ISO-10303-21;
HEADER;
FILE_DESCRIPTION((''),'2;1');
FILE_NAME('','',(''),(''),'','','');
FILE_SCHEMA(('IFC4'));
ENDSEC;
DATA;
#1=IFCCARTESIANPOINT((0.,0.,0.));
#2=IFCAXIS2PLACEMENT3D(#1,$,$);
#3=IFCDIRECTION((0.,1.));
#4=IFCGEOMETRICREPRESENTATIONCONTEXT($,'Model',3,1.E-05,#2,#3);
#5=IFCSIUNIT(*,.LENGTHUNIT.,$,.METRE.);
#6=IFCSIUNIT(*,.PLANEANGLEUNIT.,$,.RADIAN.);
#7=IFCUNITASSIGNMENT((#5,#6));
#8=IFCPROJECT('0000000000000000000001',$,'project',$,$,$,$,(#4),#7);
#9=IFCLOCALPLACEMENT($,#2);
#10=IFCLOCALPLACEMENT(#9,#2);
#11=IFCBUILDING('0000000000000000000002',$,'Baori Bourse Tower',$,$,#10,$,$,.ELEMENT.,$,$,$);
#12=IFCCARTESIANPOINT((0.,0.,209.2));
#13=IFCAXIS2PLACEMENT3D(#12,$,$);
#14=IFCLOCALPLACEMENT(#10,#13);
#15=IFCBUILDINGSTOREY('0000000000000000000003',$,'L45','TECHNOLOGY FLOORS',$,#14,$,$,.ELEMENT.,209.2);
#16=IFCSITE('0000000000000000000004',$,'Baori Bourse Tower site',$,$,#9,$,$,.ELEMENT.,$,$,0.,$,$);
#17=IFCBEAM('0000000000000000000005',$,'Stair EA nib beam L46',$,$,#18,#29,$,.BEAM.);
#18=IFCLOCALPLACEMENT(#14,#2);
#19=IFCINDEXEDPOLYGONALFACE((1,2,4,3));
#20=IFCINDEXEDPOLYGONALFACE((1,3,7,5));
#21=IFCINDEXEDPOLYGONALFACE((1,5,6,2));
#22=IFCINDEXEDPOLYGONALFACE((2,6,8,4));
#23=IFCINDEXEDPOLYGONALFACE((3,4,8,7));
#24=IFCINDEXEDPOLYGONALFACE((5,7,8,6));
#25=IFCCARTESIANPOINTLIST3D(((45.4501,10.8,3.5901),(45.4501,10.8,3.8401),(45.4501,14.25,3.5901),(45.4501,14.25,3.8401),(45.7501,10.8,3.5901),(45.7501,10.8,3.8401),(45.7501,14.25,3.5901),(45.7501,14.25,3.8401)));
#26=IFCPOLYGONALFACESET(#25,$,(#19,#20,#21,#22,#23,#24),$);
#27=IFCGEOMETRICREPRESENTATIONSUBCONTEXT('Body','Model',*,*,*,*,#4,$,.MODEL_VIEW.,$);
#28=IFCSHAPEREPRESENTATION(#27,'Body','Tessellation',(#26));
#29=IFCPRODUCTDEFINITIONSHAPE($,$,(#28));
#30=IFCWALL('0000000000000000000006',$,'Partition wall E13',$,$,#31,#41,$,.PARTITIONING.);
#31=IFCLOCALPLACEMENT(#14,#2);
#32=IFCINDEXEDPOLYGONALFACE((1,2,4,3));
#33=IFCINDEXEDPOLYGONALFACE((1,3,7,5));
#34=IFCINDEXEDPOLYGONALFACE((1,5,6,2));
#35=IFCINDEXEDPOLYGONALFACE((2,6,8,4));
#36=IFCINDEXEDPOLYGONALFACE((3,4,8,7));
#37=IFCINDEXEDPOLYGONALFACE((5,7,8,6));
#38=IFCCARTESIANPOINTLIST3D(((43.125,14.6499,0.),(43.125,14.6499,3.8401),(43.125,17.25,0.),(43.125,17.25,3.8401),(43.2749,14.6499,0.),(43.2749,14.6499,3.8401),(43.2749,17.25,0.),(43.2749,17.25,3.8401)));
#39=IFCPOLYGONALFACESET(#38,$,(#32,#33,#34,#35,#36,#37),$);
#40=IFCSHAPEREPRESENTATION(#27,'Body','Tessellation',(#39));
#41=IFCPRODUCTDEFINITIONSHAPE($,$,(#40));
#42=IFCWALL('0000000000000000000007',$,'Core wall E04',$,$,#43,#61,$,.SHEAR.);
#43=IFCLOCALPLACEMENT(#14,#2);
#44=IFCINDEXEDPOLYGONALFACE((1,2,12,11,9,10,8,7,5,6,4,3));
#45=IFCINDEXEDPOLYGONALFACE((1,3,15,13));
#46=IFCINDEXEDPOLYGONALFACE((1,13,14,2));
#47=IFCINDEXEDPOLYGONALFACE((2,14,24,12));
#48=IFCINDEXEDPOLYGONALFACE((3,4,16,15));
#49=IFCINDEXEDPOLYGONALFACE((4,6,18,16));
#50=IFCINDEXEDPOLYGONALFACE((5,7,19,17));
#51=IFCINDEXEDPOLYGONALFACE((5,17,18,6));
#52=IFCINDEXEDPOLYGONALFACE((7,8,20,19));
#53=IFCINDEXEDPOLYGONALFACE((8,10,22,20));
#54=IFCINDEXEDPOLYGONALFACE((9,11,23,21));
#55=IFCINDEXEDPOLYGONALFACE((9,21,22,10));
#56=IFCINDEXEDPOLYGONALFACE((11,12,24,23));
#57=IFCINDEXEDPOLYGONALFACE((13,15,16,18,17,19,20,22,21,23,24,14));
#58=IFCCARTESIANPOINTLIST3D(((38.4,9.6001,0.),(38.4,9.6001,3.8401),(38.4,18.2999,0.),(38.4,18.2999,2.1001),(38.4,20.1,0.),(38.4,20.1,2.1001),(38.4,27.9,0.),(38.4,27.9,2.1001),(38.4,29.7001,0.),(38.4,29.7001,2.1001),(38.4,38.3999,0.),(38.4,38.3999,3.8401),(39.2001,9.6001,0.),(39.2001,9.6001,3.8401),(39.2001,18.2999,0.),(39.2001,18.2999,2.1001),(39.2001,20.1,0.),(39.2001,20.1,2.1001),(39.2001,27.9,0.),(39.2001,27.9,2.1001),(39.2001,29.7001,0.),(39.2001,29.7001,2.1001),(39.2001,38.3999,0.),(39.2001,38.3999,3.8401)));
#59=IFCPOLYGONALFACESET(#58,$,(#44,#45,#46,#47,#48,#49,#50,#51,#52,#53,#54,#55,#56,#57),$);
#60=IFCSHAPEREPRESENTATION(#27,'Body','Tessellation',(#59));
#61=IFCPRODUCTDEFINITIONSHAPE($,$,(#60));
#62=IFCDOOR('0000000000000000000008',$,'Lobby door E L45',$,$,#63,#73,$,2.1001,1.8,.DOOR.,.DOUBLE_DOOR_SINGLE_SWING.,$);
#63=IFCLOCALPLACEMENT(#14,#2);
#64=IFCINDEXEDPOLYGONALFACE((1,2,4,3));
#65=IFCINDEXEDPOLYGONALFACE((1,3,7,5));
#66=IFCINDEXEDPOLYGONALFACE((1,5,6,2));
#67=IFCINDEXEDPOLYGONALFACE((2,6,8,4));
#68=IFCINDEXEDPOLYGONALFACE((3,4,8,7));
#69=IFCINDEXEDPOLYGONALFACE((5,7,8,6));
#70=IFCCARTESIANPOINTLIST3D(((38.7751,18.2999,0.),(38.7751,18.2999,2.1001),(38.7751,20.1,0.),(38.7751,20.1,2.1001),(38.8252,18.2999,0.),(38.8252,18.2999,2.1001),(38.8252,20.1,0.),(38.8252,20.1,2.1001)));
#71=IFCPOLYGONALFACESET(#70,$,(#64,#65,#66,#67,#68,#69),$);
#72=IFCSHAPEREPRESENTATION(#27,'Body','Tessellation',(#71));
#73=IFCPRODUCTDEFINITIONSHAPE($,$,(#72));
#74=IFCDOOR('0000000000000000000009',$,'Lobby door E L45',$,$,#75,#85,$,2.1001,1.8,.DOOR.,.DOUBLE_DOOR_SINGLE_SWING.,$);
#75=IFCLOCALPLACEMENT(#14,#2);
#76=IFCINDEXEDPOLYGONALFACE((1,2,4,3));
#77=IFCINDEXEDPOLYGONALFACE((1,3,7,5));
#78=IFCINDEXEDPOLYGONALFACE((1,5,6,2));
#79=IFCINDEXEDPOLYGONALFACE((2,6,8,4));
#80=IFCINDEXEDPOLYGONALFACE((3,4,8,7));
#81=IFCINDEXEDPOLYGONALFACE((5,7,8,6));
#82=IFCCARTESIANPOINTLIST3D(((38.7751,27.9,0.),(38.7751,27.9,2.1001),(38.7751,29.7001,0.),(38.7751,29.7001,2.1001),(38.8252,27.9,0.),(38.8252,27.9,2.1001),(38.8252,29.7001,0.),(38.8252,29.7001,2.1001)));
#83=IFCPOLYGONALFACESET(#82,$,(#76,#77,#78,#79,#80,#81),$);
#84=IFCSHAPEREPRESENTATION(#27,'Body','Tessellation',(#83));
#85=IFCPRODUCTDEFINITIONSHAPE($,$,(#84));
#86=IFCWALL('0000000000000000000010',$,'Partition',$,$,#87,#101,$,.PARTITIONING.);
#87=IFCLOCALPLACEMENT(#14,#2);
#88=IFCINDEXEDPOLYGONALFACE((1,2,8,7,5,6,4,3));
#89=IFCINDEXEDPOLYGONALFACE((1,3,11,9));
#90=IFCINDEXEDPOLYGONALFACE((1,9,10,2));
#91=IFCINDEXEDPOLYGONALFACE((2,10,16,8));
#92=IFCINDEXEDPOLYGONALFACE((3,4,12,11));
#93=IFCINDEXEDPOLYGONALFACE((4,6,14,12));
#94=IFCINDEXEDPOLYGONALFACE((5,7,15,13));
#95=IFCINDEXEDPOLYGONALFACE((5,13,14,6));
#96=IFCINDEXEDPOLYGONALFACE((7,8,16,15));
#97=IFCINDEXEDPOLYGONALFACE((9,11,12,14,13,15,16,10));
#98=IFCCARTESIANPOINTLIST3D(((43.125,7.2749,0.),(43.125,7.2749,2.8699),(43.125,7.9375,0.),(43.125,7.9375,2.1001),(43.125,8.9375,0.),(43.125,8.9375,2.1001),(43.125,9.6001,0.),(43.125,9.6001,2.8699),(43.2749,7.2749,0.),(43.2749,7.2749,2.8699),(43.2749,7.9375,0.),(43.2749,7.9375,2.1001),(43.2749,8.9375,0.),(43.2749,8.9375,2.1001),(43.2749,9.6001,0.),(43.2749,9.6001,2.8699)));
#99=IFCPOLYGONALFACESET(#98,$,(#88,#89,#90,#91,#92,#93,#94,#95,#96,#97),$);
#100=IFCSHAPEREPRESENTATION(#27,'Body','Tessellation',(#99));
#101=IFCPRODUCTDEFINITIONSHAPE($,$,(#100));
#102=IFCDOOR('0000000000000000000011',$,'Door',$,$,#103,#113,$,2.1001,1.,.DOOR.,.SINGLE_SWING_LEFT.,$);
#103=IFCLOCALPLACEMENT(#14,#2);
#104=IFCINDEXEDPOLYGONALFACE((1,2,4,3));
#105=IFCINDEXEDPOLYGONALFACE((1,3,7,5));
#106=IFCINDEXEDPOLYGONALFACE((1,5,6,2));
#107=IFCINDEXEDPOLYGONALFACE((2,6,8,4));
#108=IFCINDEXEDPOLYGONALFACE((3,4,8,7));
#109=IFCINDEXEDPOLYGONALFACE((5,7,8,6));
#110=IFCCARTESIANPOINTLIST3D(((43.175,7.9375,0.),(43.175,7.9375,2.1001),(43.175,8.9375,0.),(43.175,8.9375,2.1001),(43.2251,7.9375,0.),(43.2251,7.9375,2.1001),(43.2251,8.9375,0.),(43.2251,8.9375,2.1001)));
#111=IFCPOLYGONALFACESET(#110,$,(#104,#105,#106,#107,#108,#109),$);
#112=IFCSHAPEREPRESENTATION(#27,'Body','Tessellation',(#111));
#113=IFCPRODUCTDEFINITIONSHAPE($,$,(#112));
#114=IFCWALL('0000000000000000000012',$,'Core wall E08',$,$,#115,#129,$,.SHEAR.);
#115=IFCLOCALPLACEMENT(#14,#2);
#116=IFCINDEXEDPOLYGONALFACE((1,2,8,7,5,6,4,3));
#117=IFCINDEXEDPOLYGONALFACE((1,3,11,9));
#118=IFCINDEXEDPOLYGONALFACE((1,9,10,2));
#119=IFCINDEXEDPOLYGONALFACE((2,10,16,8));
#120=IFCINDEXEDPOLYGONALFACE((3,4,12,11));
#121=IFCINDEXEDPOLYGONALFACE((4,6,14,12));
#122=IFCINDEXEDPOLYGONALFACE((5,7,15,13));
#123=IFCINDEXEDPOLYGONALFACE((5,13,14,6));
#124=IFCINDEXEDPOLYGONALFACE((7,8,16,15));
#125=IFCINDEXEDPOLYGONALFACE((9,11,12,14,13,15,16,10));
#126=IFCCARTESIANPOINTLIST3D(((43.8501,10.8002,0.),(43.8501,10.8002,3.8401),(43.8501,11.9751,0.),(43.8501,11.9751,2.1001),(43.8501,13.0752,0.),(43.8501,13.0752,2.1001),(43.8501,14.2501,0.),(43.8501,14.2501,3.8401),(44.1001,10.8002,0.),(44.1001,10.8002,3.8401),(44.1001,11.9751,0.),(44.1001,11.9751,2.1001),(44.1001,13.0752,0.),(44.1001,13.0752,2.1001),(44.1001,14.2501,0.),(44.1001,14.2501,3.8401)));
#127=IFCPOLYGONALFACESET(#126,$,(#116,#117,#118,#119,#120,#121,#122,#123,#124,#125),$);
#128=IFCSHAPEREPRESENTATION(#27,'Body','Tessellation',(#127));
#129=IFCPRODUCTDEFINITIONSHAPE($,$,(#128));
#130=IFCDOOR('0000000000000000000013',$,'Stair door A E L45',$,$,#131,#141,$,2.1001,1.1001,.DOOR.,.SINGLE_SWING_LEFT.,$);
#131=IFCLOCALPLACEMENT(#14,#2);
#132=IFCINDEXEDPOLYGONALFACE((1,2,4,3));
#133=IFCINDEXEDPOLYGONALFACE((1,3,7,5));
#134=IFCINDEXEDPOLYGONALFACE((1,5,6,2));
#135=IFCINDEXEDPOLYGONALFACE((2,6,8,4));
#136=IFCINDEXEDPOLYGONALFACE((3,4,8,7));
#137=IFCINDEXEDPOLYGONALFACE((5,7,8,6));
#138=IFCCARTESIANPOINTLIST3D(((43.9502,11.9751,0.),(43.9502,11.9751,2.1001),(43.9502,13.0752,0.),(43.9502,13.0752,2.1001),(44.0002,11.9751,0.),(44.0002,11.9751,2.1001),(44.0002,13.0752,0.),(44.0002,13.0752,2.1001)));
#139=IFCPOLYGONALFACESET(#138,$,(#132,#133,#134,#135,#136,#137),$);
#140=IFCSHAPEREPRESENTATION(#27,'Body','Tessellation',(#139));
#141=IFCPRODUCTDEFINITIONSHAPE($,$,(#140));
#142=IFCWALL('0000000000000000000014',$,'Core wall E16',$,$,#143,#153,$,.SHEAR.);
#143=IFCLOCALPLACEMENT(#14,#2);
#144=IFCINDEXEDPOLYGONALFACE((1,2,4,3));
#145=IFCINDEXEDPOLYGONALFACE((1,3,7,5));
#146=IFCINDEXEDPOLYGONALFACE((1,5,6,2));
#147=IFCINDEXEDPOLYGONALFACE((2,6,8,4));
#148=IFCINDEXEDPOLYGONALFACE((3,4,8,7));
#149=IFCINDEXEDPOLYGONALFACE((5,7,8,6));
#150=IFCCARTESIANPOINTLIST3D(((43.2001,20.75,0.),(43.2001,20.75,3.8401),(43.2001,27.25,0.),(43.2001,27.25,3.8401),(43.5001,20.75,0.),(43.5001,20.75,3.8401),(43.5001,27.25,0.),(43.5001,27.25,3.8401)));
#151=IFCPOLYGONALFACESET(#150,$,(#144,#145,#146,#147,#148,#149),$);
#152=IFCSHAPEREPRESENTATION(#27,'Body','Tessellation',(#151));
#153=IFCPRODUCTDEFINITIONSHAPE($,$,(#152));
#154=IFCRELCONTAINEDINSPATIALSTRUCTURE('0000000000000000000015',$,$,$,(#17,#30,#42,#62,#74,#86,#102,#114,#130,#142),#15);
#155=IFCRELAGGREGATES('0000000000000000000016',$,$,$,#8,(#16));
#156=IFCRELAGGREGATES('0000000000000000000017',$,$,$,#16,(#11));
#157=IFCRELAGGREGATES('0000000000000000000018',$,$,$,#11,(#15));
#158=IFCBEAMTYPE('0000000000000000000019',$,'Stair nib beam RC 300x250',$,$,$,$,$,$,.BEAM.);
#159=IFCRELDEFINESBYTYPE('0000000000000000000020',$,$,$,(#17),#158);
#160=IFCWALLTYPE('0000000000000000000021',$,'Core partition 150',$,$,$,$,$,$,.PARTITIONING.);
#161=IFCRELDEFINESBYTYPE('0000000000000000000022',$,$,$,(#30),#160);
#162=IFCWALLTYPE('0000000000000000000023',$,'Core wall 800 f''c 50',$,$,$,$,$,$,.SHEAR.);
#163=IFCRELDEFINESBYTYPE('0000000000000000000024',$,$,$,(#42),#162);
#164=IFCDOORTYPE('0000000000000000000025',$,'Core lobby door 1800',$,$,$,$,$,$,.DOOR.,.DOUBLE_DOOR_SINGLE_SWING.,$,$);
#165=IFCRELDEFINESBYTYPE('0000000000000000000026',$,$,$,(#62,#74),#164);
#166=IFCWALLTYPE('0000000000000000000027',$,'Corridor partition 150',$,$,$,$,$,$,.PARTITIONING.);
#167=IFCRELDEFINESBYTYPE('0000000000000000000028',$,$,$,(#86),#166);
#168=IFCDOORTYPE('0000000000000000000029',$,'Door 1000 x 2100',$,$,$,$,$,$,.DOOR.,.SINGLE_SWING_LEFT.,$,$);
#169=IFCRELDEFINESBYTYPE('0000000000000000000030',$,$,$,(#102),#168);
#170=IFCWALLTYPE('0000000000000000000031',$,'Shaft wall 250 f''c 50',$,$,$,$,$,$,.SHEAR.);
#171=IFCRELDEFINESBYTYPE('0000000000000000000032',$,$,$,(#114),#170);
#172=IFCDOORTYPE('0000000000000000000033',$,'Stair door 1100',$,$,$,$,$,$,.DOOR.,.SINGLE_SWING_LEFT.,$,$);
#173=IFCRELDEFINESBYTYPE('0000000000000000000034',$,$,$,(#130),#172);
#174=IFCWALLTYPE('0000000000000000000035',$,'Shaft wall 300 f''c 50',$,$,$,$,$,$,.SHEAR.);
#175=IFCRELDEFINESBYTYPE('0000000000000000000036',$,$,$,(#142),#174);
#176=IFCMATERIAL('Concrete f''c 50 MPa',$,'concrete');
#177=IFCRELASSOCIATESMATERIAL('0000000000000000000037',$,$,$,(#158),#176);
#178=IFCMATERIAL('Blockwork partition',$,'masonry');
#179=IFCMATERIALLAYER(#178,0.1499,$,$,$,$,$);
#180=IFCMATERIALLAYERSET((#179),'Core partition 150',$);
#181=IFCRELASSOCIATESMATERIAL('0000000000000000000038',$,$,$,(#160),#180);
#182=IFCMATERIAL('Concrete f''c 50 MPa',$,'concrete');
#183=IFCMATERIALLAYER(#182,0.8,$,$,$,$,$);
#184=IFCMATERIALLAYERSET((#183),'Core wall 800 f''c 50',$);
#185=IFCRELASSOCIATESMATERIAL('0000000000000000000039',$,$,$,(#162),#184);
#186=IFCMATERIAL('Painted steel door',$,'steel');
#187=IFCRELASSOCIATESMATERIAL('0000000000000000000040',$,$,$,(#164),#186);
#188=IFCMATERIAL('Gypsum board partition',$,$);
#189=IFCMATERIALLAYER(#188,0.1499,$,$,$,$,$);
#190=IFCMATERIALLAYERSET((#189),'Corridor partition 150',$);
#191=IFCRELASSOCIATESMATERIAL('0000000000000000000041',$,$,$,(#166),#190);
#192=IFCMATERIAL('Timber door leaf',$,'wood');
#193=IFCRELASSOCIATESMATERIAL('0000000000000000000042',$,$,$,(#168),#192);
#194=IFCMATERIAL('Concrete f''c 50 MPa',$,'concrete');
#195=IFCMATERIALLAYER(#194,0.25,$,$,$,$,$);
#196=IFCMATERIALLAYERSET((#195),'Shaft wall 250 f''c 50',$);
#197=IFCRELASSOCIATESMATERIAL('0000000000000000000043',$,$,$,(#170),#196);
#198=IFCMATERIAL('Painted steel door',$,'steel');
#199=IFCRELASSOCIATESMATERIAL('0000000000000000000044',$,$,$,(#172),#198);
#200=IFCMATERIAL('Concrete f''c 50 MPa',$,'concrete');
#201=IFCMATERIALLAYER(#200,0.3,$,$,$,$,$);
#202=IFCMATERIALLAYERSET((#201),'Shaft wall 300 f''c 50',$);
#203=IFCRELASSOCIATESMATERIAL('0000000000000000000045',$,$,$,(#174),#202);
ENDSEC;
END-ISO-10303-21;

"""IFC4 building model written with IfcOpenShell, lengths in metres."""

from ifc_helpers import new_model, si_unit, direction, frame, frame_2d, origin, origin_2d, place, context, subcontext, project, spatial, rectangle, extrude, material, layer, layer_set, material_profile, profile_set, type_object, element, fill, save


model = new_model("IFC4")

# Units and contexts
model_context = context("Model", 3, precision=1e-05, world=origin(), true_north=direction((0.0, 1.0)))
body_context = subcontext(model_context, "Body", "Model", "MODEL_VIEW")
ifc_project = project(units=[si_unit("LENGTHUNIT", "METRE"), si_unit("PLANEANGLEUNIT", "RADIAN")], contexts=[model_context])

# Site, building, storey
site_placement = place(None, origin())
site = spatial("IfcSite", under=ifc_project, at=site_placement, Name="Baori Bourse Tower site", CompositionType="ELEMENT", RefElevation=0.0)
building_placement = place(site_placement, origin())
building = spatial("IfcBuilding", under=site, at=building_placement, Name="Baori Bourse Tower", CompositionType="ELEMENT")
storey_placement = place(building_placement, frame((0.0, 0.0, 209.2)))
storey = spatial("IfcBuildingStorey", under=building, at=storey_placement, Name="L45", Description="TECHNOLOGY FLOORS", CompositionType="ELEMENT", Elevation=209.2)

# Beam
ifc_material_1 = material(Name="Concrete f'c 50 MPa", Category="concrete")
ifc_material_profile = material_profile(ifc_material_1, rectangle(XDim=0.3, YDim=0.25, at=origin_2d()), Name="RC 300x250")
ifc_profile_set = profile_set([ifc_material_profile], Name="Concrete f'c 50 MPa")
beam_type = type_object("IfcBeamType", Name="Stair nib beam RC 300x250", PredefinedType="BEAM", material=ifc_profile_set)
beam_placement = place(storey_placement, frame((45.6001, 10.8, 3.7151), z_axis=(0.0, 1.0, 0.0), x_axis=(-1.0, 0.0, 0.0)))
element("IfcBeam", 1, at=beam_placement, inside=storey, type_object=beam_type, Name="Stair EA nib beam L46", PredefinedType="BEAM", context=body_context, shape_type="SweptSolid", body=[
    extrude(rectangle(XDim=0.3, YDim=0.25, at=origin_2d()), origin(), (0.0, 0.0, 1.0), 3.45),
])

# Wall
ifc_material_2 = material(Name="Blockwork partition", Category="masonry")
ifc_layer_1 = layer(ifc_material_2, 0.1499)
ifc_layer_set_1 = layer_set([ifc_layer_1], Name="Core partition 150")
wall_type_1 = type_object("IfcWallType", Name="Core partition 150", PredefinedType="PARTITIONING", material=ifc_layer_set_1)
wall_1_placement = place(storey_placement, frame((43.2, 14.6499, 0.0), z_axis=(0.0, 0.0, 1.0), x_axis=(0.0, 1.0, 0.0)))
element("IfcWall", 2, at=wall_1_placement, inside=storey, type_object=wall_type_1, Name="Partition wall E13", PredefinedType="PARTITIONING", context=body_context, shape_type="SweptSolid", body=[
    extrude(rectangle(XDim=2.6001, YDim=0.1499, at=frame_2d((1.3, 0.0))), origin(), (0.0, 0.0, 1.0), 3.8401),
])

# Wall, openings, doors
ifc_material_3 = material(Name="Concrete f'c 50 MPa", Category="concrete")
ifc_layer_2 = layer(ifc_material_3, 0.8)
ifc_layer_set_2 = layer_set([ifc_layer_2], Name="Core wall 800 f'c 50")
wall_type_2 = type_object("IfcWallType", Name="Core wall 800 f'c 50", PredefinedType="SHEAR", material=ifc_layer_set_2)
wall_2_placement = place(storey_placement, frame((38.8, 9.6001, 0.0), z_axis=(0.0, 0.0, 1.0), x_axis=(0.0, 1.0, 0.0)))
wall_2 = element("IfcWall", 3, at=wall_2_placement, inside=storey, type_object=wall_type_2, Name="Core wall E04", PredefinedType="SHEAR", context=body_context, shape_type="SweptSolid", body=[
    extrude(rectangle(XDim=28.7998, YDim=0.8, at=frame_2d((14.3999, 0.0))), origin(), (0.0, 0.0, 1.0), 3.8401),
])
opening_1_placement = place(wall_2_placement, frame((8.7, 0.0, 0.0)))
opening_1 = element("IfcOpeningElement", 4, at=opening_1_placement, cuts=wall_2, PredefinedType="OPENING", context=body_context, shape_type="SweptSolid", body=[
    extrude(rectangle(XDim=1.8, YDim=2.1001, at=frame_2d((0.8999, 1.05))), frame((0.0, 0.4099, 0.0), z_axis=(0.0, -1.0, 0.0), x_axis=(1.0, 0.0, 0.0)), (0.0, 0.0, 1.0), 0.8201),
])
opening_2_placement = place(wall_2_placement, frame((18.3, 0.0, 0.0)))
opening_2 = element("IfcOpeningElement", 5, at=opening_2_placement, cuts=wall_2, PredefinedType="OPENING", context=body_context, shape_type="SweptSolid", body=[
    extrude(rectangle(XDim=1.8, YDim=2.1001, at=frame_2d((0.8999, 1.05))), frame((0.0, 0.4099, 0.0), z_axis=(0.0, -1.0, 0.0), x_axis=(1.0, 0.0, 0.0)), (0.0, 0.0, 1.0), 0.8201),
])
ifc_material_4 = material(Name="Painted steel door", Category="steel")
door_type_1 = type_object("IfcDoorType", Name="Core lobby door 1800", OperationType="DOUBLE_DOOR_SINGLE_SWING", PredefinedType="DOOR", material=ifc_material_4)
door_1_placement = place(opening_1_placement, origin())
door_1 = element("IfcDoor", 6, at=door_1_placement, inside=storey, type_object=door_type_1, Name="Lobby door E L45", OperationType="DOUBLE_DOOR_SINGLE_SWING", OverallHeight=2.1001, OverallWidth=1.8, PredefinedType="DOOR", context=body_context, shape_type="SweptSolid", body=[
    extrude(rectangle(XDim=1.8, YDim=2.1001, at=frame_2d((0.8999, 1.05))), frame((0.0, 0.0249, 0.0), z_axis=(0.0, -1.0, 0.0), x_axis=(1.0, 0.0, 0.0)), (0.0, 0.0, 1.0), 0.05),
])
fill(opening_1, door_1)
door_2_placement = place(opening_2_placement, origin())
door_2 = element("IfcDoor", 7, at=door_2_placement, inside=storey, type_object=door_type_1, Name="Lobby door E L45", OperationType="DOUBLE_DOOR_SINGLE_SWING", OverallHeight=2.1001, OverallWidth=1.8, PredefinedType="DOOR", context=body_context, shape_type="SweptSolid", body=[
    extrude(rectangle(XDim=1.8, YDim=2.1001, at=frame_2d((0.8999, 1.05))), frame((0.0, 0.0249, 0.0), z_axis=(0.0, -1.0, 0.0), x_axis=(1.0, 0.0, 0.0)), (0.0, 0.0, 1.0), 0.05),
])
fill(opening_2, door_2)

# Walls, openings, doors
ifc_material_5 = material(Name="Gypsum board partition")
ifc_layer_3 = layer(ifc_material_5, 0.1499)
ifc_layer_set_3 = layer_set([ifc_layer_3], Name="Corridor partition 150")
wall_type_3 = type_object("IfcWallType", Name="Corridor partition 150", PredefinedType="PARTITIONING", material=ifc_layer_set_3)
wall_3_placement = place(storey_placement, frame((43.2, 7.2749, 0.0), z_axis=(0.0, 0.0, 1.0), x_axis=(0.0, 1.0, 0.0)))
wall_3 = element("IfcWall", 8, at=wall_3_placement, inside=storey, type_object=wall_type_3, Name="Partition", PredefinedType="PARTITIONING", context=body_context, shape_type="SweptSolid", body=[
    extrude(rectangle(XDim=2.3252, YDim=0.1499, at=frame_2d((1.1626, 0.0))), origin(), (0.0, 0.0, 1.0), 2.8699),
])
opening_3_placement = place(wall_3_placement, frame((0.6626, 0.0, 0.0)))
opening_3 = element("IfcOpeningElement", 9, at=opening_3_placement, cuts=wall_3, PredefinedType="OPENING", context=body_context, shape_type="SweptSolid", body=[
    extrude(rectangle(XDim=1.0, YDim=2.1001, at=frame_2d((0.5, 1.05))), frame((0.0, 0.085, 0.0), z_axis=(0.0, -1.0, 0.0), x_axis=(1.0, 0.0, 0.0)), (0.0, 0.0, 1.0), 0.1699),
])
ifc_material_6 = material(Name="Timber door leaf", Category="wood")
door_type_2 = type_object("IfcDoorType", Name="Door 1000 x 2100", OperationType="SINGLE_SWING_LEFT", PredefinedType="DOOR", material=ifc_material_6)
door_3_placement = place(opening_3_placement, origin())
door_3 = element("IfcDoor", 10, at=door_3_placement, inside=storey, type_object=door_type_2, Name="Door", OperationType="SINGLE_SWING_LEFT", OverallHeight=2.1001, OverallWidth=1.0, PredefinedType="DOOR", context=body_context, shape_type="SweptSolid", body=[
    extrude(rectangle(XDim=1.0, YDim=2.1001, at=frame_2d((0.5, 1.05))), frame((0.0, 0.0249, 0.0), z_axis=(0.0, -1.0, 0.0), x_axis=(1.0, 0.0, 0.0)), (0.0, 0.0, 1.0), 0.05),
])
fill(opening_3, door_3)
ifc_material_7 = material(Name="Concrete f'c 50 MPa", Category="concrete")
ifc_layer_4 = layer(ifc_material_7, 0.25)
ifc_layer_set_4 = layer_set([ifc_layer_4], Name="Shaft wall 250 f'c 50")
wall_type_4 = type_object("IfcWallType", Name="Shaft wall 250 f'c 50", PredefinedType="SHEAR", material=ifc_layer_set_4)
wall_4_placement = place(storey_placement, frame((43.9751, 10.8, 0.0), z_axis=(0.0, 0.0, 1.0), x_axis=(0.0, 1.0, 0.0)))
wall_4 = element("IfcWall", 11, at=wall_4_placement, inside=storey, type_object=wall_type_4, Name="Core wall E08", PredefinedType="SHEAR", context=body_context, shape_type="SweptSolid", body=[
    extrude(rectangle(XDim=3.45, YDim=0.25, at=frame_2d((1.7251, 0.0))), origin(), (0.0, 0.0, 1.0), 3.8401),
])
opening_4_placement = place(wall_4_placement, frame((1.175, 0.0, 0.0)))
opening_4 = element("IfcOpeningElement", 12, at=opening_4_placement, cuts=wall_4, PredefinedType="OPENING", context=body_context, shape_type="SweptSolid", body=[
    extrude(rectangle(XDim=1.1001, YDim=2.1001, at=frame_2d((0.55, 1.05))), frame((0.0, 0.135, 0.0), z_axis=(0.0, -1.0, 0.0), x_axis=(1.0, 0.0, 0.0)), (0.0, 0.0, 1.0), 0.27),
])
ifc_material_8 = material(Name="Painted steel door", Category="steel")
door_type_3 = type_object("IfcDoorType", Name="Stair door 1100", OperationType="SINGLE_SWING_LEFT", PredefinedType="DOOR", material=ifc_material_8)
door_4_placement = place(opening_4_placement, origin())
door_4 = element("IfcDoor", 13, at=door_4_placement, inside=storey, type_object=door_type_3, Name="Stair door A E L45", OperationType="SINGLE_SWING_LEFT", OverallHeight=2.1001, OverallWidth=1.1001, PredefinedType="DOOR", context=body_context, shape_type="SweptSolid", body=[
    extrude(rectangle(XDim=1.1001, YDim=2.1001, at=frame_2d((0.55, 1.05))), frame((0.0, 0.0249, 0.0), z_axis=(0.0, -1.0, 0.0), x_axis=(1.0, 0.0, 0.0)), (0.0, 0.0, 1.0), 0.05),
])
fill(opening_4, door_4)

# Wall
ifc_material_9 = material(Name="Concrete f'c 50 MPa", Category="concrete")
ifc_layer_5 = layer(ifc_material_9, 0.3)
ifc_layer_set_5 = layer_set([ifc_layer_5], Name="Shaft wall 300 f'c 50")
wall_type_5 = type_object("IfcWallType", Name="Shaft wall 300 f'c 50", PredefinedType="SHEAR", material=ifc_layer_set_5)
wall_5_placement = place(storey_placement, frame((43.3501, 20.75, 0.0), z_axis=(0.0, 0.0, 1.0), x_axis=(0.0, 1.0, 0.0)))
element("IfcWall", 14, at=wall_5_placement, inside=storey, type_object=wall_type_5, Name="Core wall E16", PredefinedType="SHEAR", context=body_context, shape_type="SweptSolid", body=[
    extrude(rectangle(XDim=6.5, YDim=0.3, at=frame_2d((3.25, 0.0))), origin(), (0.0, 0.0, 1.0), 3.8401),
])

save(model, "model.ifc")
